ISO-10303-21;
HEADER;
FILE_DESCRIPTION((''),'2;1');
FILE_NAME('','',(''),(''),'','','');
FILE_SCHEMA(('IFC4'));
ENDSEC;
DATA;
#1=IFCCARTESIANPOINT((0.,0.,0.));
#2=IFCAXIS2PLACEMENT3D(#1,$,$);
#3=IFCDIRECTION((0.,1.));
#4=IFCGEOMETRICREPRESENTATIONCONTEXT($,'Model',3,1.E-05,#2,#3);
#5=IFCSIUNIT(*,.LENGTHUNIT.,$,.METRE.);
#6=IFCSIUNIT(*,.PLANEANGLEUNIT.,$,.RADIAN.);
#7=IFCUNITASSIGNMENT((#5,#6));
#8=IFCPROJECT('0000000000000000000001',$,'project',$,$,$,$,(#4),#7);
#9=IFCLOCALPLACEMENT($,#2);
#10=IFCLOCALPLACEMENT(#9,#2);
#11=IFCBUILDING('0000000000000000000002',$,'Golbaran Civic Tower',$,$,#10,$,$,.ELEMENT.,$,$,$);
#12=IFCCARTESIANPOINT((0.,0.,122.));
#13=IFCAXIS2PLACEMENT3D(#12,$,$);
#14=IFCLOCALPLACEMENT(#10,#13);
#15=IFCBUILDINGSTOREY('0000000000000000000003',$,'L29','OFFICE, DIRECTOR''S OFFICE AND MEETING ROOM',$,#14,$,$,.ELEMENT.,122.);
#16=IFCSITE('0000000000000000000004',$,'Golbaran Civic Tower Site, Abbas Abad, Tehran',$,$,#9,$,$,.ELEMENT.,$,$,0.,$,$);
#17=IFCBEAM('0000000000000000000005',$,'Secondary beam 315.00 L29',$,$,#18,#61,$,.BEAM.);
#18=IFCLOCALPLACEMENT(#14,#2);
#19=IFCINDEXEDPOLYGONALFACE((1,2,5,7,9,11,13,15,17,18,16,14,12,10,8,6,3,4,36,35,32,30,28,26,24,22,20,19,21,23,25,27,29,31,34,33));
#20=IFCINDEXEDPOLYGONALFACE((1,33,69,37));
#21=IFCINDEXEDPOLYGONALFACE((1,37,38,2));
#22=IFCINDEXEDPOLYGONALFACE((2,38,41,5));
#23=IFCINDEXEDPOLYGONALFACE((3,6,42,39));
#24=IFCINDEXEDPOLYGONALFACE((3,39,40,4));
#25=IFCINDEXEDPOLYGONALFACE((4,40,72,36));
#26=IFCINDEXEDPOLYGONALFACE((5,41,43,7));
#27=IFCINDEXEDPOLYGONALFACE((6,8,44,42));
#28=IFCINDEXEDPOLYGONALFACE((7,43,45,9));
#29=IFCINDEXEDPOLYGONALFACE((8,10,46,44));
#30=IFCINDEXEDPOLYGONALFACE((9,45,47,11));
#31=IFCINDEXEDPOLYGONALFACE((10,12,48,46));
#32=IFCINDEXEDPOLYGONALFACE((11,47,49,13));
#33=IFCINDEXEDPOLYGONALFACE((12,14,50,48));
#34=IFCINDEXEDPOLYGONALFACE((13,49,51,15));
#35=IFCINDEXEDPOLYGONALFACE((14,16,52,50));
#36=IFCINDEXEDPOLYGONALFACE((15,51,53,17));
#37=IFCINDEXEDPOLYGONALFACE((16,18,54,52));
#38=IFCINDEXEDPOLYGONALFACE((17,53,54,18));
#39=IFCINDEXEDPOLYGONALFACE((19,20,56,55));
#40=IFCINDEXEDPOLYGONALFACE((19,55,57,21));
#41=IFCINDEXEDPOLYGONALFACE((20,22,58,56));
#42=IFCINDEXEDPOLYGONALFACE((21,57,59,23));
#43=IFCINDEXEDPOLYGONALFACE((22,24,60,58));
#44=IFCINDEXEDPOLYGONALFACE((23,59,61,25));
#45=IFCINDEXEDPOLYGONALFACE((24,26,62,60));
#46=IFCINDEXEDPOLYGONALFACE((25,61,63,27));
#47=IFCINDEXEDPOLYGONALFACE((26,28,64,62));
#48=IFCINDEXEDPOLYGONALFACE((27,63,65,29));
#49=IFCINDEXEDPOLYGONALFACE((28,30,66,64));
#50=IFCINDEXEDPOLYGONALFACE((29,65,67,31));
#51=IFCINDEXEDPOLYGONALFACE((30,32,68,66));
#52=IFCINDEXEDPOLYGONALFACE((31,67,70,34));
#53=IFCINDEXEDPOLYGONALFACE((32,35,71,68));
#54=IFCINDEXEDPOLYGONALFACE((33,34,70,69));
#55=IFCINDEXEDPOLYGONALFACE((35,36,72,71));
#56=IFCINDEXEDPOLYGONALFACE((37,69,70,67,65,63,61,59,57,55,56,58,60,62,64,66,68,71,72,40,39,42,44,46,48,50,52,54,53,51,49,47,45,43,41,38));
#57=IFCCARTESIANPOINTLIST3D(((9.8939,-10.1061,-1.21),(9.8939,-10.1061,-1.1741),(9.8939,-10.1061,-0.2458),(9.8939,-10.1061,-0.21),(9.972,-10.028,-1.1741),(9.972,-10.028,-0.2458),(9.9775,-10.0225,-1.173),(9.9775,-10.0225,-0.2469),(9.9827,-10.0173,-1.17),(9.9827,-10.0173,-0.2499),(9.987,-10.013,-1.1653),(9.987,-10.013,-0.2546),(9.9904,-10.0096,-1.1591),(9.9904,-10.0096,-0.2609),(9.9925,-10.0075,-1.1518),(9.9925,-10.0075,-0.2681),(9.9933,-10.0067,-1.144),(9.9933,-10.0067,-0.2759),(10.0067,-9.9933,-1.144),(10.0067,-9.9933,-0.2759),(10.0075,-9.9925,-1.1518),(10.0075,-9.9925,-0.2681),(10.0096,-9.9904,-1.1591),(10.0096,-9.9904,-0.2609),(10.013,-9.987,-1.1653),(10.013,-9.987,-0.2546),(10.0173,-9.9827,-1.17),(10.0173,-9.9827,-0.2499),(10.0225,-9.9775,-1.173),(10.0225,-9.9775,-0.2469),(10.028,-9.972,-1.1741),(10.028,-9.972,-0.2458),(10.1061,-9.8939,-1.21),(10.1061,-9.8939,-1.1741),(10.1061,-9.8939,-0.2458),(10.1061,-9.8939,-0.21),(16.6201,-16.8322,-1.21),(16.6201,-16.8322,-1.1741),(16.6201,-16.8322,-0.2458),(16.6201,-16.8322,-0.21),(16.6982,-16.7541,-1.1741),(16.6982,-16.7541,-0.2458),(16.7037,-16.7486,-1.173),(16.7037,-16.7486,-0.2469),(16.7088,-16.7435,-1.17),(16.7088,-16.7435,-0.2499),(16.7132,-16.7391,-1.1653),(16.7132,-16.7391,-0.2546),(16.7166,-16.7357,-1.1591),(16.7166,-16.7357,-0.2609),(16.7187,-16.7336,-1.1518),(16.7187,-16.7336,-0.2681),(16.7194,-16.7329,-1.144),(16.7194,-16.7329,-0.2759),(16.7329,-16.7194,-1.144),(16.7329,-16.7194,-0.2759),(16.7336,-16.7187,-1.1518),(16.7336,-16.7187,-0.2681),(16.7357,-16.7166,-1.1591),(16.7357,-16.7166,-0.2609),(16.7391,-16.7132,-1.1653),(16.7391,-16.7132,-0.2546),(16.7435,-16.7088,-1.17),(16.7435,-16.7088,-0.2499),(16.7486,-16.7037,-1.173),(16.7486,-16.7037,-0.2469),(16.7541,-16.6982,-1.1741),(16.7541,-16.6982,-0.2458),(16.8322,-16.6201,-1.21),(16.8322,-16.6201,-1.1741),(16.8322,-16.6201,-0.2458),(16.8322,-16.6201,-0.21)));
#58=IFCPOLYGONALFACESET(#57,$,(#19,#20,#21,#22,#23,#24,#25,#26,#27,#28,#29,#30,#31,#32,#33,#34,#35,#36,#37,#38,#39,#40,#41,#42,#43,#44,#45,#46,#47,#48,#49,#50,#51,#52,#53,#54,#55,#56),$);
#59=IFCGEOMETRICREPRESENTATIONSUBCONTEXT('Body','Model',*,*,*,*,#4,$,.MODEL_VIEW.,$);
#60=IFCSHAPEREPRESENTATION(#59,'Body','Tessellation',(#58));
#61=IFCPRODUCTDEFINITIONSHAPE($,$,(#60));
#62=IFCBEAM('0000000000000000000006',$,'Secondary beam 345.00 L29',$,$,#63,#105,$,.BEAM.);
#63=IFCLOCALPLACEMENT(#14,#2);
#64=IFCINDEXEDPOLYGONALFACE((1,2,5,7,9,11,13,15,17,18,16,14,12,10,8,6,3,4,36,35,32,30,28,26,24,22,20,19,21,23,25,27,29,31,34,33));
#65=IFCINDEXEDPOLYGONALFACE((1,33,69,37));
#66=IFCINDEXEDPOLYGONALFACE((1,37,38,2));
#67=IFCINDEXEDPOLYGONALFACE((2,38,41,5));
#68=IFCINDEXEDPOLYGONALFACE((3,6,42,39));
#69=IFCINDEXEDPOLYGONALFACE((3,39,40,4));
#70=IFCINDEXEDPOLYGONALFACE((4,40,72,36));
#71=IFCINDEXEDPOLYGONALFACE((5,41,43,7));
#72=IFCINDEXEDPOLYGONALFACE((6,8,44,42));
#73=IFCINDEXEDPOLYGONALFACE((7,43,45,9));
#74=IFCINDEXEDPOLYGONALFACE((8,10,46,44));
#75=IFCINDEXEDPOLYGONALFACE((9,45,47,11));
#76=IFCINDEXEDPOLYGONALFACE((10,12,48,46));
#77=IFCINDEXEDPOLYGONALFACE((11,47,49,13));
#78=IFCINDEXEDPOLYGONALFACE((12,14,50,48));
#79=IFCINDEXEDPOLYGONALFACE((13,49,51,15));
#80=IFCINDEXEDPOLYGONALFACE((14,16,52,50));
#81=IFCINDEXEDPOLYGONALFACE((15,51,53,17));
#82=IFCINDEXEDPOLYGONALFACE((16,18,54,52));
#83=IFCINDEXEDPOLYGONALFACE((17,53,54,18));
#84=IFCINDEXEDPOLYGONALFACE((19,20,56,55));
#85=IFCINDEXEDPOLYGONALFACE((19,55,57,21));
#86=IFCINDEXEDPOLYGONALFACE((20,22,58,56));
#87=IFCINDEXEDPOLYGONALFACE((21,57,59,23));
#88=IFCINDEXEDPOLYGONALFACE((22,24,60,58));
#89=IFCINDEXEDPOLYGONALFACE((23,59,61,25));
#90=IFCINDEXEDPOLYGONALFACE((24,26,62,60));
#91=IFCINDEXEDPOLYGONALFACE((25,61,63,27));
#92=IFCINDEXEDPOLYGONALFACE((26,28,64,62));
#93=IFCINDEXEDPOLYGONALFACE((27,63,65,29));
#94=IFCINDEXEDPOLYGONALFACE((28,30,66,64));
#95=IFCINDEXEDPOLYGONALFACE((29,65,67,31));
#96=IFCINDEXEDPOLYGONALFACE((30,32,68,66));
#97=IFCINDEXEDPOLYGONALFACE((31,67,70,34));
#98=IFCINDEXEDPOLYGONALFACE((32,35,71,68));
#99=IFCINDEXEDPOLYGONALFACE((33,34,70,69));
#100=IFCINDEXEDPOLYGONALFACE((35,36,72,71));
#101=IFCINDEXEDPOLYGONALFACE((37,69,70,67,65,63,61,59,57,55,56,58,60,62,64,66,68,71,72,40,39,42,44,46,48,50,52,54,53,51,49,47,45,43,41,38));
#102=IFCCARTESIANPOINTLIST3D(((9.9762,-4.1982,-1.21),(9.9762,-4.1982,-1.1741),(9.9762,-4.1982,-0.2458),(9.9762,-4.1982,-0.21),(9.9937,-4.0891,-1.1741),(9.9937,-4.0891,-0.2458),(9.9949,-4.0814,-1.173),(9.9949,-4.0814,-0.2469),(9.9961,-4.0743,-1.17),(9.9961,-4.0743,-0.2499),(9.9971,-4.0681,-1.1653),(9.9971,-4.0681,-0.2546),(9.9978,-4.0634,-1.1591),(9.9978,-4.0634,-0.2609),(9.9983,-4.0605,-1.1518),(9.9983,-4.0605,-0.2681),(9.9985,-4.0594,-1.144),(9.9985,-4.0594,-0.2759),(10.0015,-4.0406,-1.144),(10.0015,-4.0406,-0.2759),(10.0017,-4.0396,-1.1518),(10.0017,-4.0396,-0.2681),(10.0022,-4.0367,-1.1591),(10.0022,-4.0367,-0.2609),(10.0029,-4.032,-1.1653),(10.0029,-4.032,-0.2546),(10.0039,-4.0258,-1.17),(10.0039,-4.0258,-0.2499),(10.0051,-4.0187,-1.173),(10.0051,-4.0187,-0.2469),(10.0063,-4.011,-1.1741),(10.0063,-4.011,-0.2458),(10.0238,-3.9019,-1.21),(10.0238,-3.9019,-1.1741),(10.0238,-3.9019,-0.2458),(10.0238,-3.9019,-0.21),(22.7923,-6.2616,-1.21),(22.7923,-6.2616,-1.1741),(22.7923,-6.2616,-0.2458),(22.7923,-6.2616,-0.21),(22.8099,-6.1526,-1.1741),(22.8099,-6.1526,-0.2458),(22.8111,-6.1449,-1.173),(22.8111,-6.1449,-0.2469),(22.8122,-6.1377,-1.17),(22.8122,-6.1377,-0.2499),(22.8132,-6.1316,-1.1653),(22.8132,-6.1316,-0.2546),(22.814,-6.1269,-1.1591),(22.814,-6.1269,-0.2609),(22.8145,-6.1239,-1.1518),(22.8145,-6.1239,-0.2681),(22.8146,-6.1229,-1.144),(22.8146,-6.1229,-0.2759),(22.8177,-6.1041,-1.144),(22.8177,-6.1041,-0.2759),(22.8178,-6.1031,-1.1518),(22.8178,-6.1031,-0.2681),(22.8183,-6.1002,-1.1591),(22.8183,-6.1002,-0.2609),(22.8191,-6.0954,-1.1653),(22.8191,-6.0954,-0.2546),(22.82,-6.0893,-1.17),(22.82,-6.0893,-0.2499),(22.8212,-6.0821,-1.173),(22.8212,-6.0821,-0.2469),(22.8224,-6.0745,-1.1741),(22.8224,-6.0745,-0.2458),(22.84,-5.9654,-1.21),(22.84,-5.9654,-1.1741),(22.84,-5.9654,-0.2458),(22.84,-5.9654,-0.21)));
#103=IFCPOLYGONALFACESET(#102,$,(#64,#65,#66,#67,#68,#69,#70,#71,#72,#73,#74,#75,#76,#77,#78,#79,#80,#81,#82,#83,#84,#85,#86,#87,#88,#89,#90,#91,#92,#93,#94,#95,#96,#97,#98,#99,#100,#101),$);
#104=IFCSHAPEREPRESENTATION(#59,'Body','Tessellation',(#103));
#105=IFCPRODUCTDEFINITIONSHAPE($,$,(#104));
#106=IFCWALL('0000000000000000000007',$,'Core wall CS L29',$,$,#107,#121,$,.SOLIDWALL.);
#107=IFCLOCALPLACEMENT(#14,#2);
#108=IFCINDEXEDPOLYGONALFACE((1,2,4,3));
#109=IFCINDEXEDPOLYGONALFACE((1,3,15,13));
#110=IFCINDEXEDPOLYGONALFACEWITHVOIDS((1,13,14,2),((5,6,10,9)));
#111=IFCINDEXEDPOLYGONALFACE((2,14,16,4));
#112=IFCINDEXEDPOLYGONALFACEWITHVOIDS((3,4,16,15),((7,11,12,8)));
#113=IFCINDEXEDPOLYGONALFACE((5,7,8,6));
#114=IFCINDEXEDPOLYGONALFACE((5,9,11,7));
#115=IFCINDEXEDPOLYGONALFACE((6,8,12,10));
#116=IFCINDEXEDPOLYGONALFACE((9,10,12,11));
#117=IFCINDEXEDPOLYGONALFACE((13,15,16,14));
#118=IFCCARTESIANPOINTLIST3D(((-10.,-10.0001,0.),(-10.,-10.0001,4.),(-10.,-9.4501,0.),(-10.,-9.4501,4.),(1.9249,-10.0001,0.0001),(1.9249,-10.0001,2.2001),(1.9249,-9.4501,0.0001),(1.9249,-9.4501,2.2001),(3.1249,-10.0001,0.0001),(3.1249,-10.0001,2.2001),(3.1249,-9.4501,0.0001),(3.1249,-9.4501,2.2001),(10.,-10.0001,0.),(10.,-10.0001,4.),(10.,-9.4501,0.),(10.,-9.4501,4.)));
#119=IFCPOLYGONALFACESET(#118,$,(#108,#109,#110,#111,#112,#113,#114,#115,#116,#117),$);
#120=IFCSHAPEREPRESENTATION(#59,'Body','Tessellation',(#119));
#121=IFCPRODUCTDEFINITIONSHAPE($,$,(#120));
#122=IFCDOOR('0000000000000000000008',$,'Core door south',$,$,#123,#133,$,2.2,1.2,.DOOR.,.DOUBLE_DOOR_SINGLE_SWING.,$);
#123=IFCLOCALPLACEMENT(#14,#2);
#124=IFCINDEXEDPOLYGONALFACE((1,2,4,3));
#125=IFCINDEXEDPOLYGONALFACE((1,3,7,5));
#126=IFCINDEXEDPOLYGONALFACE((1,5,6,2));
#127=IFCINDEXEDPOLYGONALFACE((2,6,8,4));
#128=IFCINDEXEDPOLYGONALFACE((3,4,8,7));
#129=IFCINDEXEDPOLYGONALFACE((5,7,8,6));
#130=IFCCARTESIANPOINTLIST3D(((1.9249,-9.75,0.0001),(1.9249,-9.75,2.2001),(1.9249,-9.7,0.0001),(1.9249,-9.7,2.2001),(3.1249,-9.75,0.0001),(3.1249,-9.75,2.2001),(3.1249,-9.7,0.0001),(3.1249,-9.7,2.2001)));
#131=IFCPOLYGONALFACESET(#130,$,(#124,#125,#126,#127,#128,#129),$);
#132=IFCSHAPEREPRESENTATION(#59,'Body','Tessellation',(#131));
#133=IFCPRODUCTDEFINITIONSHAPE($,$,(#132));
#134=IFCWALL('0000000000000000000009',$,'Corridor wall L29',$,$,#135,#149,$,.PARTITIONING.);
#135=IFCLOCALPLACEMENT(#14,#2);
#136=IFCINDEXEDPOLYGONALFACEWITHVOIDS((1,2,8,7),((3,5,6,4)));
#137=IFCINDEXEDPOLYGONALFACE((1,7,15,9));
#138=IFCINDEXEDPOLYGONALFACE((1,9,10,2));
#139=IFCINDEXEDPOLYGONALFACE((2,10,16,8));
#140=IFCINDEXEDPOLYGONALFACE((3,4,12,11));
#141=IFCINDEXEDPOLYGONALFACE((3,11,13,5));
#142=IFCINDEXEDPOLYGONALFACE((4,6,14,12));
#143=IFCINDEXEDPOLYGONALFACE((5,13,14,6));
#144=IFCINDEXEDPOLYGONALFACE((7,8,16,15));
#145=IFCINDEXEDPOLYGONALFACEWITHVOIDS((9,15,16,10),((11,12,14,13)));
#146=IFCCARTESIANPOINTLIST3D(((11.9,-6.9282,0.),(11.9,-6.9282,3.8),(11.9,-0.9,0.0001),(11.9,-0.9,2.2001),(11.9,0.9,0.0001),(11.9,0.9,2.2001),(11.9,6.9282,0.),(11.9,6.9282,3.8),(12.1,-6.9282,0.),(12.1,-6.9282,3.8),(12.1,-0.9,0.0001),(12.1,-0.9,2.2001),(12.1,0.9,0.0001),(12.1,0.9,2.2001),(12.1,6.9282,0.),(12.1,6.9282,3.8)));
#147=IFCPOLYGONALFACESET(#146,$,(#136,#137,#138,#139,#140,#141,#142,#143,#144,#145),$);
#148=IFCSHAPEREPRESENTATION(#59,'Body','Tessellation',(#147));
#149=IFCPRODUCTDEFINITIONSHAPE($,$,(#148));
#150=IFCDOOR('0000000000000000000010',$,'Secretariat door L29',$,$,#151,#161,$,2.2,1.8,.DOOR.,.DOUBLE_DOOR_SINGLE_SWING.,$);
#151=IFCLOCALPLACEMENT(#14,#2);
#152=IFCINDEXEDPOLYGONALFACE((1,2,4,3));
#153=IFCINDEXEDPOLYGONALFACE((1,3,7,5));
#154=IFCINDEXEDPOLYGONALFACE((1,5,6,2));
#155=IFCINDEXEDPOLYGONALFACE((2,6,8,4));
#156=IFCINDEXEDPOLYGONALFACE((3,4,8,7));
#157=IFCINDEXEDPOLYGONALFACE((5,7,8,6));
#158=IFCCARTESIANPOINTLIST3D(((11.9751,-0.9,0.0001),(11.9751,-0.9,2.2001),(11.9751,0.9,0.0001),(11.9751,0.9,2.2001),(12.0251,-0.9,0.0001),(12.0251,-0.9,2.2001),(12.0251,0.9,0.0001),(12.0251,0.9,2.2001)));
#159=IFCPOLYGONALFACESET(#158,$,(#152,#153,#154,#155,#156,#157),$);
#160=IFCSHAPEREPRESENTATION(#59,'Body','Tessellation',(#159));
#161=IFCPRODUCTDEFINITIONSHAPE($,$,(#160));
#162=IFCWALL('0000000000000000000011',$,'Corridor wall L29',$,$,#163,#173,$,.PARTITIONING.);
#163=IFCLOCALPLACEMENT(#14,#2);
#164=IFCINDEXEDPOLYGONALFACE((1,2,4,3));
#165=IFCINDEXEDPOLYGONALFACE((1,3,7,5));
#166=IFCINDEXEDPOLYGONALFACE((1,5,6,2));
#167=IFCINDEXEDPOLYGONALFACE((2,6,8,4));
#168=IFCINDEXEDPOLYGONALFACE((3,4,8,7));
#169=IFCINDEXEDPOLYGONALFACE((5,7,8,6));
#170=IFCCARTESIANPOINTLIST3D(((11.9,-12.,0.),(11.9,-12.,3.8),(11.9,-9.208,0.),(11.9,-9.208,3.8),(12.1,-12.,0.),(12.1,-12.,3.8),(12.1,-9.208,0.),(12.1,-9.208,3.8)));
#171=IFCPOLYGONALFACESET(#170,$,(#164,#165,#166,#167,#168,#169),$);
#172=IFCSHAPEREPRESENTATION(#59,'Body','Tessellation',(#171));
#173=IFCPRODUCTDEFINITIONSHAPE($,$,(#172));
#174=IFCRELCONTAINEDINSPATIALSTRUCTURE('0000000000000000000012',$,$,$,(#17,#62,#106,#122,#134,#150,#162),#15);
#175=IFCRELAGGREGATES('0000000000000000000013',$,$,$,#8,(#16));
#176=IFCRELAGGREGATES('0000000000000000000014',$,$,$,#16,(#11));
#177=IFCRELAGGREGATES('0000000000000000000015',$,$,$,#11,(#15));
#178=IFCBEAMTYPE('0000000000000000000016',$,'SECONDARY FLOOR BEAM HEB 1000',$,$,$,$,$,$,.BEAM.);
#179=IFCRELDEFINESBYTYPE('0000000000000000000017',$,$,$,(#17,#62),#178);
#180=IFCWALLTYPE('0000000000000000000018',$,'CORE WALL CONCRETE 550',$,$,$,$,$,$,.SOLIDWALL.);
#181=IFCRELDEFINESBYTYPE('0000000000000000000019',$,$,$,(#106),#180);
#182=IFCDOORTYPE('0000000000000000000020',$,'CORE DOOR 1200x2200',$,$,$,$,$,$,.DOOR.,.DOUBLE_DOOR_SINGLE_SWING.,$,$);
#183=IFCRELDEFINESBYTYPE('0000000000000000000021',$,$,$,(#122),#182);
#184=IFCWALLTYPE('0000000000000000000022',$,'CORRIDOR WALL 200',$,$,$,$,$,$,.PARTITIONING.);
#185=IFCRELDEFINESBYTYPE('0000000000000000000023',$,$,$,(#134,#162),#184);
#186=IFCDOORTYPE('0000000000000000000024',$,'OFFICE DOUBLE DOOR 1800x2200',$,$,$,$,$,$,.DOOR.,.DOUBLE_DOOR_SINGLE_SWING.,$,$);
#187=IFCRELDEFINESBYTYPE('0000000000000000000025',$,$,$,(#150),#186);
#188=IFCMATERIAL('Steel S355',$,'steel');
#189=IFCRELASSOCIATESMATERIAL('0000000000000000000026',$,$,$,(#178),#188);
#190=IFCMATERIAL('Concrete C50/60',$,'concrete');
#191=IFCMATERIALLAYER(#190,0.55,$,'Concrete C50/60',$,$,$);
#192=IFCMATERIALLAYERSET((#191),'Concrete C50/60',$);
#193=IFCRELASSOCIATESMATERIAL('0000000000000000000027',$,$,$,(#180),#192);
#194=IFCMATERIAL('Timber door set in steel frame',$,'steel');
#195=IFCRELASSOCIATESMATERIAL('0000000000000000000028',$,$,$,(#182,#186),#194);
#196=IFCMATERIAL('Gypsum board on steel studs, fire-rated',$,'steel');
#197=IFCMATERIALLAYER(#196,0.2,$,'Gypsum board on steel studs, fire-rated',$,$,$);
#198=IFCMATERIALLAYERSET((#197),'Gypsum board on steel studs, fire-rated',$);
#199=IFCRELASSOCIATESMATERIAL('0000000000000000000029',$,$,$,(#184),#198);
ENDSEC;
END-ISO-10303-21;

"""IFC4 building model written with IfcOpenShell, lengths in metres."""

from ifc_helpers import new_model, si_unit, direction, frame, frame_2d, origin, origin_2d, place, context, subcontext, project, spatial, rectangle, i_section, extrude, material, layer, layer_set, material_profile, profile_set, type_object, element, fill, save


model = new_model("IFC4")

# Units and contexts
model_context = context("Model", 3, precision=1e-05, world=origin(), true_north=direction((0.0, 1.0)))
body_context = subcontext(model_context, "Body", "Model", "MODEL_VIEW")
ifc_project = project(units=[si_unit("LENGTHUNIT", "METRE"), si_unit("PLANEANGLEUNIT", "RADIAN")], contexts=[model_context])

# Site, building, storey
site_placement = place(None, origin())
site = spatial("IfcSite", under=ifc_project, at=site_placement, Name="Golbaran Civic Tower Site, Abbas Abad, Tehran", CompositionType="ELEMENT", RefElevation=0.0)
building_placement = place(site_placement, origin())
building = spatial("IfcBuilding", under=site, at=building_placement, Name="Golbaran Civic Tower", CompositionType="ELEMENT")
storey_placement = place(building_placement, frame((0.0, 0.0, 122.0)))
storey = spatial("IfcBuildingStorey", under=building, at=storey_placement, Name="L29", Description="OFFICE, DIRECTOR'S OFFICE AND MEETING ROOM", CompositionType="ELEMENT", Elevation=122.0)

# Beams
ifc_material_1 = material(Name="Steel S355", Category="steel")
ifc_material_profile_1 = material_profile(ifc_material_1, i_section(OverallWidth=0.3, OverallDepth=1.0, WebThickness=0.019, FlangeThickness=0.0359, FilletRadius=0.03, at=origin_2d()), Name="HEB 1000")
ifc_profile_set_1 = profile_set([ifc_material_profile_1], Name="Steel S355")
beam_type_1 = type_object("IfcBeamType", Name="SECONDARY FLOOR BEAM HEB 1000", PredefinedType="BEAM", material=ifc_profile_set_1)
beam_1_placement = place(storey_placement, frame((10.0, -10.0, -0.71), z_axis=(0.707107, -0.707107, 0.0), x_axis=(0.707107, 0.707107, 0.0)))
element("IfcBeam", 1, at=beam_1_placement, inside=storey, type_object=beam_type_1, Name="Secondary beam 315.00 L29", PredefinedType="BEAM", context=body_context, shape_type="SweptSolid", body=[
    extrude(i_section(OverallWidth=0.3, OverallDepth=1.0, WebThickness=0.019, FlangeThickness=0.0359, FilletRadius=0.03, at=origin_2d()), origin(), (0.0, 0.0, 1.0), 9.5122),
])
beam_2_placement = place(storey_placement, frame((10.0, -4.05, -0.71), z_axis=(0.987285, -0.158959, 0.0), x_axis=(0.158959, 0.987285, 0.0)))
element("IfcBeam", 2, at=beam_2_placement, inside=storey, type_object=beam_type_1, Name="Secondary beam 345.00 L29", PredefinedType="BEAM", context=body_context, shape_type="SweptSolid", body=[
    extrude(i_section(OverallWidth=0.3, OverallDepth=1.0, WebThickness=0.019, FlangeThickness=0.0359, FilletRadius=0.03, at=origin_2d()), origin(), (0.0, 0.0, 1.0), 12.9812),
])

# Walls, openings, doors
ifc_material_2 = material(Name="Concrete C50/60", Category="concrete")
ifc_layer_1 = layer(ifc_material_2, 0.55, Name="Concrete C50/60")
ifc_layer_set_1 = layer_set([ifc_layer_1], Name="Concrete C50/60")
wall_type_1 = type_object("IfcWallType", Name="CORE WALL CONCRETE 550", PredefinedType="SOLIDWALL", material=ifc_layer_set_1)
wall_1_placement = place(storey_placement, frame((10.0, -9.7251, 0.0), z_axis=(0.0, 0.0, 1.0), x_axis=(-1.0, 0.0, 0.0)))
wall_1 = element("IfcWall", 3, at=wall_1_placement, inside=storey, type_object=wall_type_1, Name="Core wall CS L29", PredefinedType="SOLIDWALL", context=body_context, shape_type="SweptSolid", body=[
    extrude(rectangle(XDim=20.0, YDim=0.55, at=frame_2d((10.0, 0.0))), origin(), (0.0, 0.0, 1.0), 4.0),
])
opening_1_placement = place(wall_1_placement, frame((6.875, 0.0, 0.0)))
opening_1 = element("IfcOpeningElement", 4, at=opening_1_placement, cuts=wall_1, PredefinedType="OPENING", context=body_context, shape_type="SweptSolid", body=[
    extrude(rectangle(XDim=1.2, YDim=2.2, at=frame_2d((0.6001, 1.1001))), frame((0.0, 0.2849, 0.0), z_axis=(0.0, -1.0, 0.0), x_axis=(1.0, 0.0, 0.0)), (0.0, 0.0, 1.0), 0.5701),
])
ifc_material_3 = material(Name="Timber door set in steel frame", Category="steel")
door_type_1 = type_object("IfcDoorType", Name="CORE DOOR 1200x2200", OperationType="DOUBLE_DOOR_SINGLE_SWING", PredefinedType="DOOR", material=ifc_material_3)
door_1_placement = place(opening_1_placement, origin())
door_1 = element("IfcDoor", 5, at=door_1_placement, inside=storey, type_object=door_type_1, Name="Core door south", OperationType="DOUBLE_DOOR_SINGLE_SWING", OverallHeight=2.2, OverallWidth=1.2, PredefinedType="DOOR", context=body_context, shape_type="SweptSolid", body=[
    extrude(rectangle(XDim=1.2, YDim=2.2, at=frame_2d((0.6001, 1.1001))), frame((0.0, 0.0249, 0.0), z_axis=(0.0, -1.0, 0.0), x_axis=(1.0, 0.0, 0.0)), (0.0, 0.0, 1.0), 0.05),
])
fill(opening_1, door_1)
ifc_material_4 = material(Name="Gypsum board on steel studs, fire-rated", Category="steel")
ifc_layer_2 = layer(ifc_material_4, 0.2, Name="Gypsum board on steel studs, fire-rated")
ifc_layer_set_2 = layer_set([ifc_layer_2], Name="Gypsum board on steel studs, fire-rated")
wall_type_2 = type_object("IfcWallType", Name="CORRIDOR WALL 200", PredefinedType="PARTITIONING", material=ifc_layer_set_2)
wall_2_placement = place(storey_placement, frame((12.0, -6.9282, 0.0), z_axis=(0.0, 0.0, 1.0), x_axis=(0.0, 1.0, 0.0)))
wall_2 = element("IfcWall", 6, at=wall_2_placement, inside=storey, type_object=wall_type_2, Name="Corridor wall L29", PredefinedType="PARTITIONING", context=body_context, shape_type="SweptSolid", body=[
    extrude(rectangle(XDim=13.8564, YDim=0.2, at=frame_2d((6.9282, 0.0))), origin(), (0.0, 0.0, 1.0), 3.8),
])
opening_2_placement = place(wall_2_placement, frame((6.0283, 0.0, 0.0)))
opening_2 = element("IfcOpeningElement", 7, at=opening_2_placement, cuts=wall_2, PredefinedType="OPENING", context=body_context, shape_type="SweptSolid", body=[
    extrude(rectangle(XDim=1.8, YDim=2.2, at=frame_2d((0.8999, 1.1001))), frame((0.0, 0.1099, 0.0), z_axis=(0.0, -1.0, 0.0), x_axis=(1.0, 0.0, 0.0)), (0.0, 0.0, 1.0), 0.22),
])
door_type_2 = type_object("IfcDoorType", Name="OFFICE DOUBLE DOOR 1800x2200", OperationType="DOUBLE_DOOR_SINGLE_SWING", PredefinedType="DOOR", material=ifc_material_3)
door_2_placement = place(opening_2_placement, origin())
door_2 = element("IfcDoor", 8, at=door_2_placement, inside=storey, type_object=door_type_2, Name="Secretariat door L29", OperationType="DOUBLE_DOOR_SINGLE_SWING", OverallHeight=2.2, OverallWidth=1.8, PredefinedType="DOOR", context=body_context, shape_type="SweptSolid", body=[
    extrude(rectangle(XDim=1.8, YDim=2.2, at=frame_2d((0.8999, 1.1001))), frame((0.0, 0.0249, 0.0), z_axis=(0.0, -1.0, 0.0), x_axis=(1.0, 0.0, 0.0)), (0.0, 0.0, 1.0), 0.05),
])
fill(opening_2, door_2)

# Wall
wall_3_placement = place(storey_placement, frame((12.0, -12.0, 0.0), z_axis=(0.0, 0.0, 1.0), x_axis=(0.0, 1.0, 0.0)))
element("IfcWall", 9, at=wall_3_placement, inside=storey, type_object=wall_type_2, Name="Corridor wall L29", PredefinedType="PARTITIONING", context=body_context, shape_type="SweptSolid", body=[
    extrude(rectangle(XDim=2.792, YDim=0.2, at=frame_2d((1.396, 0.0))), origin(), (0.0, 0.0, 1.0), 3.8),
])

save(model, "model.ifc")
